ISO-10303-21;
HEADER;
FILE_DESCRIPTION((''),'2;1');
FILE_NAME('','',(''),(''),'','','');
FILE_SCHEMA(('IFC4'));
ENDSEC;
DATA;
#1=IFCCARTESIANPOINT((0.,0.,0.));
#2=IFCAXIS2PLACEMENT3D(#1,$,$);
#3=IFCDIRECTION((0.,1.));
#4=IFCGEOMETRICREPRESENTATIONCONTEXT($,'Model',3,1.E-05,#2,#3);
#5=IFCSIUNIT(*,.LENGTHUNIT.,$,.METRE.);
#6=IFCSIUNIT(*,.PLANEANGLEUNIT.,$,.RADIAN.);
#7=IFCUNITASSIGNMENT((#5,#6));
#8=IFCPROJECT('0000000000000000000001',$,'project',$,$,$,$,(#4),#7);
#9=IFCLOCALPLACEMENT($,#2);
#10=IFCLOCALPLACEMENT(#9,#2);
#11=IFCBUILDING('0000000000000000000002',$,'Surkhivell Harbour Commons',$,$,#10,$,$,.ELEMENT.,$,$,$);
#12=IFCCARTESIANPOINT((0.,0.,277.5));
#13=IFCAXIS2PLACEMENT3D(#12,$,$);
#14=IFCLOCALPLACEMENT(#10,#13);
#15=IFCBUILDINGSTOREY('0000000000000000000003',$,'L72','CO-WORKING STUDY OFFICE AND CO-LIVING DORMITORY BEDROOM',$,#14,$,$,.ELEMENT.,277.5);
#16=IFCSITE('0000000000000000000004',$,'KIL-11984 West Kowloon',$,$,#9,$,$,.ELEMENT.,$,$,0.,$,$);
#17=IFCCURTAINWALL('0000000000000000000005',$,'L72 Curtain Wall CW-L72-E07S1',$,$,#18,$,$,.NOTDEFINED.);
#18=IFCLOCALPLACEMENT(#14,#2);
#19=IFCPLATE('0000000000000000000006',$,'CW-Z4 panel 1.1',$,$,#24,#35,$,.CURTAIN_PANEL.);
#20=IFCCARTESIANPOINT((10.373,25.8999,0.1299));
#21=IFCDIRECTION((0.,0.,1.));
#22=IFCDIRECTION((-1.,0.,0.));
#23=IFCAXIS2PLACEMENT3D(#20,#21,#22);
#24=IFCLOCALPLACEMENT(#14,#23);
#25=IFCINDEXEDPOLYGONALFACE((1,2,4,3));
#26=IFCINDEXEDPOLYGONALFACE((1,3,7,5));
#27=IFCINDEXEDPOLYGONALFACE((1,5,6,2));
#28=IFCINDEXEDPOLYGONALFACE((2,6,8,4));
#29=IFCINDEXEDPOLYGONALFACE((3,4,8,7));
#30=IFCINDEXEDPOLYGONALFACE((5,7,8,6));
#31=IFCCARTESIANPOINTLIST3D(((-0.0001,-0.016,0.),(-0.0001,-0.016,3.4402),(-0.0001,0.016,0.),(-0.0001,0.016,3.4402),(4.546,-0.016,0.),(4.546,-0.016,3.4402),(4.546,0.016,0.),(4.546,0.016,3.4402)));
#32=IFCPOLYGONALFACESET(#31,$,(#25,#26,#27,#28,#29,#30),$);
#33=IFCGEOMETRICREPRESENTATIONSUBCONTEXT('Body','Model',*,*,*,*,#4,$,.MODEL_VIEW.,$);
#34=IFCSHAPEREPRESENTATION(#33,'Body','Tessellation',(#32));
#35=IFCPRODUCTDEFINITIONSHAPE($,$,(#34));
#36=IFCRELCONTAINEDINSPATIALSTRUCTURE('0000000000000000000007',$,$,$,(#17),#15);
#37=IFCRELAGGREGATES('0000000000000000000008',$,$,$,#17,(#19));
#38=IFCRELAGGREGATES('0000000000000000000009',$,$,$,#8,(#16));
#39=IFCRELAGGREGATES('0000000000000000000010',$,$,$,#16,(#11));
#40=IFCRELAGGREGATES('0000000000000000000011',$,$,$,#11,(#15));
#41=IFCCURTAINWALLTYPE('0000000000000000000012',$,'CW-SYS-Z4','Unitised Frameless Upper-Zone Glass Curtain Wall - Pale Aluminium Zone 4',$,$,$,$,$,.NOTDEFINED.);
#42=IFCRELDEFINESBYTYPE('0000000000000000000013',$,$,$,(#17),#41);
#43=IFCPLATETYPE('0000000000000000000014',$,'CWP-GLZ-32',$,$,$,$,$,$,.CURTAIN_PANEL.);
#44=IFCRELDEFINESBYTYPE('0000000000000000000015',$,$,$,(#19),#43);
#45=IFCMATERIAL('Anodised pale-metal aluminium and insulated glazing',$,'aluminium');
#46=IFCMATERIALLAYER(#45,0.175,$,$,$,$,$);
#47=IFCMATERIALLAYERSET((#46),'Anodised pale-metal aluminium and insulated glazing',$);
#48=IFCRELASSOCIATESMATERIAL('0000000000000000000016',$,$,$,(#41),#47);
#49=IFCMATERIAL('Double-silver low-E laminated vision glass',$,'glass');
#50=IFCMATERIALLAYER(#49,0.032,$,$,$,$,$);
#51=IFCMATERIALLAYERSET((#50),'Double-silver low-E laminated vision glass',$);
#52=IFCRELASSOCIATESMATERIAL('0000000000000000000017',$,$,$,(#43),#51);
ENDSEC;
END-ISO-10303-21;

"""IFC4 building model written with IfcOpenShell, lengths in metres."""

from ifc_helpers import new_model, si_unit, direction, frame, frame_2d, origin, place, context, subcontext, project, spatial, rectangle, extrude, material, layer, layer_set, type_object, element, aggregate, save


model = new_model("IFC4")

# Units and contexts
model_context = context("Model", 3, precision=1e-05, world=origin(), true_north=direction((0.0, 1.0)))
body_context = subcontext(model_context, "Body", "Model", "MODEL_VIEW")
ifc_project = project(units=[si_unit("LENGTHUNIT", "METRE"), si_unit("PLANEANGLEUNIT", "RADIAN")], contexts=[model_context])

# Site, building, storey
site_placement = place(None, origin())
site = spatial("IfcSite", under=ifc_project, at=site_placement, Name="KIL-11984 West Kowloon", CompositionType="ELEMENT", RefElevation=0.0)
building_placement = place(site_placement, origin())
building = spatial("IfcBuilding", under=site, at=building_placement, Name="Surkhivell Harbour Commons", CompositionType="ELEMENT")
storey_placement = place(building_placement, frame((0.0, 0.0, 277.5)))
storey = spatial("IfcBuildingStorey", under=building, at=storey_placement, Name="L72", Description="CO-WORKING STUDY OFFICE AND CO-LIVING DORMITORY BEDROOM", CompositionType="ELEMENT", Elevation=277.5)

# Shared definitions
ifc_material_1 = material(Name="Anodised pale-metal aluminium and insulated glazing", Category="aluminium")
ifc_layer_1 = layer(ifc_material_1, 0.175)
ifc_layer_set_1 = layer_set([ifc_layer_1], Name="Anodised pale-metal aluminium and insulated glazing")
curtain_wall_type = type_object("IfcCurtainWallType", Name="CW-SYS-Z4", Description="Unitised Frameless Upper-Zone Glass Curtain Wall - Pale Aluminium Zone 4", PredefinedType="NOTDEFINED", material=ifc_layer_set_1)

# Curtain wall
curtain_wall_1_placement = place(storey_placement, origin())
curtain_wall_1 = element("IfcCurtainWall", 1, at=curtain_wall_1_placement, inside=storey, type_object=curtain_wall_type, Name="L72 Curtain Wall CW-L72-E07S1", PredefinedType="NOTDEFINED")

# Plate
ifc_material_2 = material(Name="Double-silver low-E laminated vision glass", Category="glass")
ifc_layer_2 = layer(ifc_material_2, 0.032)
ifc_layer_set_2 = layer_set([ifc_layer_2], Name="Double-silver low-E laminated vision glass")
plate_type = type_object("IfcPlateType", Name="CWP-GLZ-32", PredefinedType="CURTAIN_PANEL", material=ifc_layer_set_2)
plate_1_placement = place(storey_placement, frame((10.373, 25.8999, 0.1299), z_axis=(0.0, 0.0, 1.0), x_axis=(-1.0, 0.0, 0.0)))
plate_1 = element("IfcPlate", 2, at=plate_1_placement, type_object=plate_type, Name="CW-Z4 panel 1.1", PredefinedType="CURTAIN_PANEL", context=body_context, shape_type="SweptSolid", body=[
    extrude(rectangle(XDim=4.5461, YDim=0.032, at=frame_2d((2.2729, 0.0))), origin(), (0.0, 0.0, 1.0), 3.4402),
])
aggregate(curtain_wall_1, [plate_1])

save(model, "model.ifc")
